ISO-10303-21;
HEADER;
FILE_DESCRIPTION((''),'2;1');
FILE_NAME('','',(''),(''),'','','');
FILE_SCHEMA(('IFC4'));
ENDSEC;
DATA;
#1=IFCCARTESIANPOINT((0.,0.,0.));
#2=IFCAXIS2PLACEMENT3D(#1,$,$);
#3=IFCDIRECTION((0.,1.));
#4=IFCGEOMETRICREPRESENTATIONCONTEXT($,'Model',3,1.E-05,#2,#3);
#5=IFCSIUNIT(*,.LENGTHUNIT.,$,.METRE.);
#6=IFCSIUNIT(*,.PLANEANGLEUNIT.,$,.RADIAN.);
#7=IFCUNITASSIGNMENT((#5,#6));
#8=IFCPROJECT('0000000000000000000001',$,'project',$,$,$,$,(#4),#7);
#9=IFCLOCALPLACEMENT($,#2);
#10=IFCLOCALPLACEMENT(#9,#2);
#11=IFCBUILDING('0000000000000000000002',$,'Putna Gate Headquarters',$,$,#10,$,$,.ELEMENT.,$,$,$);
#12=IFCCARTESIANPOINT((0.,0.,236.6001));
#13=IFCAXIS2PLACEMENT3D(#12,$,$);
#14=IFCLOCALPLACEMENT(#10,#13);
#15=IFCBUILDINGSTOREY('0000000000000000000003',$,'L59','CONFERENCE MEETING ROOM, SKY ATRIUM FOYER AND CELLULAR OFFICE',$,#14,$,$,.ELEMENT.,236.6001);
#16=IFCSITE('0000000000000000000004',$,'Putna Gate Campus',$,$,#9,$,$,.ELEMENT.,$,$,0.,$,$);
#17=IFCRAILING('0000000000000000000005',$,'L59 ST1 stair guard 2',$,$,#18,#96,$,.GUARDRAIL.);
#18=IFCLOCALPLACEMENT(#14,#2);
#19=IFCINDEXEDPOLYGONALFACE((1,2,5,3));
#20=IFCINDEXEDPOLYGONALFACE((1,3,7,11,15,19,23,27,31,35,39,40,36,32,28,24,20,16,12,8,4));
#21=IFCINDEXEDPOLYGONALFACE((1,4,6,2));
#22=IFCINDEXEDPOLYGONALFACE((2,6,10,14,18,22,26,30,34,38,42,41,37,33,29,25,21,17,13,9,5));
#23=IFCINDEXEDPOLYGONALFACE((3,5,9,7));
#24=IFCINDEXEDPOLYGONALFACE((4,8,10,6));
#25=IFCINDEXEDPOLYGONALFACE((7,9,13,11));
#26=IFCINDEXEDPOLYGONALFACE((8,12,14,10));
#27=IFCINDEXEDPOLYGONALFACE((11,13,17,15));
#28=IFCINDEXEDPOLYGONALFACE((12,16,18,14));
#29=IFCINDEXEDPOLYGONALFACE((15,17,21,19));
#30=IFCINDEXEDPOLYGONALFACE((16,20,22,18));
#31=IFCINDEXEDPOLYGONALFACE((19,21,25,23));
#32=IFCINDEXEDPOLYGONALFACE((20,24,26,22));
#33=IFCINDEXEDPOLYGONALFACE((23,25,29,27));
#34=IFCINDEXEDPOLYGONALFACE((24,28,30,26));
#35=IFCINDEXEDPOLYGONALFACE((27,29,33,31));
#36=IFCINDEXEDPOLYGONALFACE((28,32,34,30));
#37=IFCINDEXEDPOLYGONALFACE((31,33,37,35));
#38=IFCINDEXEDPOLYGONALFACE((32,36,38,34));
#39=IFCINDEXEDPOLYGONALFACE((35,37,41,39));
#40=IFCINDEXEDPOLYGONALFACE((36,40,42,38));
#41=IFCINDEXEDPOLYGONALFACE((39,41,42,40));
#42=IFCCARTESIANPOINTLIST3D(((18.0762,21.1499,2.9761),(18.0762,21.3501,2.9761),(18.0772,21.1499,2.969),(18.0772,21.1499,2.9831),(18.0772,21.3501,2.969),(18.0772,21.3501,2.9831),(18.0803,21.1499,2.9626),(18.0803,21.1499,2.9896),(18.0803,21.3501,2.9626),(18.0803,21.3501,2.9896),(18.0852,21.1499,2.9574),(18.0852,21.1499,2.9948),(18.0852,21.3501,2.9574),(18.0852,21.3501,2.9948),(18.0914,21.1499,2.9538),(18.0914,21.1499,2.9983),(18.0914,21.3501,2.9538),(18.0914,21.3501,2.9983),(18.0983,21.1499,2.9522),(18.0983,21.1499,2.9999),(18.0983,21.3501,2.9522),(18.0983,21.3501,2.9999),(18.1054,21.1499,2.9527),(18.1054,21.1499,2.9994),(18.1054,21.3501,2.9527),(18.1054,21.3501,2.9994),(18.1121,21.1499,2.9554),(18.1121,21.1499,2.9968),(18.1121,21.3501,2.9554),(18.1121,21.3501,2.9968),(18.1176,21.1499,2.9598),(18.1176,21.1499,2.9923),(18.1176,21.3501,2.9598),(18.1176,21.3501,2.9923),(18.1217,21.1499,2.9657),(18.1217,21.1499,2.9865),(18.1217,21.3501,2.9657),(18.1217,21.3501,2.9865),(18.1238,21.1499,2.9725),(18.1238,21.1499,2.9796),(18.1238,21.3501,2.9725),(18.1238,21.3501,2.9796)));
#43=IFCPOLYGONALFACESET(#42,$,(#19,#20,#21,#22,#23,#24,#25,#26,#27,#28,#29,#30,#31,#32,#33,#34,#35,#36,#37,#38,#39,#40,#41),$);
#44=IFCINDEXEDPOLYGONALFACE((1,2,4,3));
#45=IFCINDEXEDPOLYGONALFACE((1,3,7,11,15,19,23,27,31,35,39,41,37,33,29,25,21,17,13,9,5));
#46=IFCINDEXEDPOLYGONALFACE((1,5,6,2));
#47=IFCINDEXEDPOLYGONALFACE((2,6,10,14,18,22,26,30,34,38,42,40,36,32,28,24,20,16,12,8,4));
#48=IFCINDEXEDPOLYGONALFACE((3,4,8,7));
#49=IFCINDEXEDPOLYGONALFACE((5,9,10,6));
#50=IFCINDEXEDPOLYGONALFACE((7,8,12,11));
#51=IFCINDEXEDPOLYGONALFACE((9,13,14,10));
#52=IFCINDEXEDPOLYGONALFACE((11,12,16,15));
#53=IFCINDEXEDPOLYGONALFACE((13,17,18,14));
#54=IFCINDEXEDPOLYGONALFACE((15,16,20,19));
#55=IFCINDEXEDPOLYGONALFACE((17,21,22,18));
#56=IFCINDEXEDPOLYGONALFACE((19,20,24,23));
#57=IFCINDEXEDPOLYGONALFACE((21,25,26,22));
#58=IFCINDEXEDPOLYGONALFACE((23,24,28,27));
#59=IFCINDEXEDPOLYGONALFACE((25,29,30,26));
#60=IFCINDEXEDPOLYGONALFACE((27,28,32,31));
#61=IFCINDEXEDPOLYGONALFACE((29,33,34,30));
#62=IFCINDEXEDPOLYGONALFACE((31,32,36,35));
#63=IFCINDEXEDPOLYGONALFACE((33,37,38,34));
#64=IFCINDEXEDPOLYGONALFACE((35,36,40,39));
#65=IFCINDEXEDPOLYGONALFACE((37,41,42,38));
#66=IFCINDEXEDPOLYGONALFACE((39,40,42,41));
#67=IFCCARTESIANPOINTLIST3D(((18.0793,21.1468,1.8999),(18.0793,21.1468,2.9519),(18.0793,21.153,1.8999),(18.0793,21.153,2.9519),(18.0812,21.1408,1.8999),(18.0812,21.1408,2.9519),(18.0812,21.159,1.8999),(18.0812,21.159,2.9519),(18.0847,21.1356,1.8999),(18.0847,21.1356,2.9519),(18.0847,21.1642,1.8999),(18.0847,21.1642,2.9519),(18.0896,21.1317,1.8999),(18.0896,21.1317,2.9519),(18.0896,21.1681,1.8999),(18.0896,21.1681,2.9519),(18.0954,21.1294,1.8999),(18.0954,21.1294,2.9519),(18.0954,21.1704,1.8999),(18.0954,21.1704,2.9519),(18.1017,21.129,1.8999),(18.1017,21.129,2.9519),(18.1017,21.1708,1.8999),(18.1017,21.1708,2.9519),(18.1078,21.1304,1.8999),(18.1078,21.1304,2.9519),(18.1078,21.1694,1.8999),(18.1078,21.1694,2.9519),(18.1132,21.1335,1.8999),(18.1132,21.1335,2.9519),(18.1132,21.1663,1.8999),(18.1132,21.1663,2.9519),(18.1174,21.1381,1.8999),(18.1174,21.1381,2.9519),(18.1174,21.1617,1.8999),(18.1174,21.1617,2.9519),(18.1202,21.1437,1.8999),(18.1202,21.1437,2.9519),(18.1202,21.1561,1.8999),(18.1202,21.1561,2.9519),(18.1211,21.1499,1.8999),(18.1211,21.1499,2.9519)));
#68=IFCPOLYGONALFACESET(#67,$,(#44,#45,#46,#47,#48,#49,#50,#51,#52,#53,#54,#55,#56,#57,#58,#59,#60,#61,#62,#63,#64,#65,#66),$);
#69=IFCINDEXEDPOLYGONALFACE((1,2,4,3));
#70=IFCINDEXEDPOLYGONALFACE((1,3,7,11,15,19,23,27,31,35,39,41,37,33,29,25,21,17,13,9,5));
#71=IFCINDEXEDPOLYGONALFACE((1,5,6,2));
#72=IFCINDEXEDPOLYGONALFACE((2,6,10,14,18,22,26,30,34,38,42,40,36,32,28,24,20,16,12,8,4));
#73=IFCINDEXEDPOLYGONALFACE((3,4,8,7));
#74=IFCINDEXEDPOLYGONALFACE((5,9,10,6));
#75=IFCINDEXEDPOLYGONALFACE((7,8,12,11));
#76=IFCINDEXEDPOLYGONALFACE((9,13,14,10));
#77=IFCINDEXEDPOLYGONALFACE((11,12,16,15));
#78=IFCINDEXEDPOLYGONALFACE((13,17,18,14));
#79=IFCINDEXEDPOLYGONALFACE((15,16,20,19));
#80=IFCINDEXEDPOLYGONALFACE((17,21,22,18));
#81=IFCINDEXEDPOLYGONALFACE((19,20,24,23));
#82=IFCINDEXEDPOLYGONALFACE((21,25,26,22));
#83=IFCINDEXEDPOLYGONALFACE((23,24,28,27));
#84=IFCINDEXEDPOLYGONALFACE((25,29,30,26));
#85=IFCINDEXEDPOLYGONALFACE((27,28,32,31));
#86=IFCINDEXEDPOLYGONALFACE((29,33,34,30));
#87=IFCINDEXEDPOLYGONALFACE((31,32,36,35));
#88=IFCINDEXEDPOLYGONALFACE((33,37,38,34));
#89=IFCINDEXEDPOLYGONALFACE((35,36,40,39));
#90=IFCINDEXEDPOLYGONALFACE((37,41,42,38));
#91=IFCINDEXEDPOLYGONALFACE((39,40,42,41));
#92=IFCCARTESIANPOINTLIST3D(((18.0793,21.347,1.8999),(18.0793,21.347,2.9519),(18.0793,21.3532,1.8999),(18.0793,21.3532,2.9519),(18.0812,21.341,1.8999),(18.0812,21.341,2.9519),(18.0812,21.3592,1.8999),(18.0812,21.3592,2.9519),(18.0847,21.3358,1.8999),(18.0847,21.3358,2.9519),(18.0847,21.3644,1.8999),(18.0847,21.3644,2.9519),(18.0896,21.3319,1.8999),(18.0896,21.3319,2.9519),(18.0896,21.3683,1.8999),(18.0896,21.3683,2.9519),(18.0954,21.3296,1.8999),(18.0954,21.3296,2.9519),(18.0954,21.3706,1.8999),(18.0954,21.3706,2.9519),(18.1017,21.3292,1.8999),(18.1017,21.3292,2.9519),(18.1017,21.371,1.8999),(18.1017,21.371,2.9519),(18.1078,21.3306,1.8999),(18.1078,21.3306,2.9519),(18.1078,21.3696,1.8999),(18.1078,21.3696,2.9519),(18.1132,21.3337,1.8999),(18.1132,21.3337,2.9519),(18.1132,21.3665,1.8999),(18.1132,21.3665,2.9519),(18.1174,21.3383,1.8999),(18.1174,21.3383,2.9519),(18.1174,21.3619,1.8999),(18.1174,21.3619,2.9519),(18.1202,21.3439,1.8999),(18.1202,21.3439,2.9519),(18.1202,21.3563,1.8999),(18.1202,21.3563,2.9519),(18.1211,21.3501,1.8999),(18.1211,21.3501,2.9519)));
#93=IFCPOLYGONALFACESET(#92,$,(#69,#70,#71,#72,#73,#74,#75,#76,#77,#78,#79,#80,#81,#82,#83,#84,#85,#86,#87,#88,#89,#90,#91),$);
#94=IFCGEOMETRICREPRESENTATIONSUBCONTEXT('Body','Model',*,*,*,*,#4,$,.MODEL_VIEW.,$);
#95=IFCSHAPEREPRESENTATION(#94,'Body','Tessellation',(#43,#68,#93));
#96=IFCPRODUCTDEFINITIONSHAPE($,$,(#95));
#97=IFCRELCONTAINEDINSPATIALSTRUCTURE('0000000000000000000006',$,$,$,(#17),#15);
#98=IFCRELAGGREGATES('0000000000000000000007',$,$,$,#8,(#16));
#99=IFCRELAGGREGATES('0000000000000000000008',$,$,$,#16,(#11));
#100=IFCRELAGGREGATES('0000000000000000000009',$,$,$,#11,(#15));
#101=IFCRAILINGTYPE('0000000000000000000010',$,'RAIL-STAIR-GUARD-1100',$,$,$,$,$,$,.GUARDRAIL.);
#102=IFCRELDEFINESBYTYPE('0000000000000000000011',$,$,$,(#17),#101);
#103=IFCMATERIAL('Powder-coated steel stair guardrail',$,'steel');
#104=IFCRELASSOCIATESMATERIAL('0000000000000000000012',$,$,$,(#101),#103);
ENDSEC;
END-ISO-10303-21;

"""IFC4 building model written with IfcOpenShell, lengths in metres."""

from ifc_helpers import new_model, si_unit, direction, frame, origin, origin_2d, place, context, subcontext, project, spatial, circle, extrude, material, type_object, element, save


model = new_model("IFC4")

# Units and contexts
model_context = context("Model", 3, precision=1e-05, world=origin(), true_north=direction((0.0, 1.0)))
body_context = subcontext(model_context, "Body", "Model", "MODEL_VIEW")
ifc_project = project(units=[si_unit("LENGTHUNIT", "METRE"), si_unit("PLANEANGLEUNIT", "RADIAN")], contexts=[model_context])

# Site, building, storey
site_placement = place(None, origin())
site = spatial("IfcSite", under=ifc_project, at=site_placement, Name="Putna Gate Campus", CompositionType="ELEMENT", RefElevation=0.0)
building_placement = place(site_placement, origin())
building = spatial("IfcBuilding", under=site, at=building_placement, Name="Putna Gate Headquarters", CompositionType="ELEMENT")
storey_placement = place(building_placement, frame((0.0, 0.0, 236.6001)))
storey = spatial("IfcBuildingStorey", under=building, at=storey_placement, Name="L59", Description="CONFERENCE MEETING ROOM, SKY ATRIUM FOYER AND CELLULAR OFFICE", CompositionType="ELEMENT", Elevation=236.6001)

# Railing
ifc_material_1 = material(Name="Powder-coated steel stair guardrail", Category="steel")
railing_type_1 = type_object("IfcRailingType", Name="RAIL-STAIR-GUARD-1100", PredefinedType="GUARDRAIL", material=ifc_material_1)
railing_1_placement = place(storey_placement, frame((18.1001, 21.1499, 1.8999)))
element("IfcRailing", 1, at=railing_1_placement, inside=storey, type_object=railing_type_1, Name="L59 ST1 stair guard 2", PredefinedType="GUARDRAIL", context=body_context, shape_type="SweptSolid", body=[
    extrude(circle(Radius=0.0239, at=origin_2d()), frame((0.0, 0.0, 1.0762), z_axis=(0.0, 1.0, 0.0), x_axis=(-1.0, 0.0, 0.0)), (0.0, 0.0, 1.0), 0.2002),
    extrude(circle(Radius=0.021, at=origin_2d()), origin(), (0.0, 0.0, 1.0), 1.052),
    extrude(circle(Radius=0.021, at=origin_2d()), frame((0.0, 0.2002, 0.0)), (0.0, 0.0, 1.0), 1.052),
])

save(model, "model.ifc")
